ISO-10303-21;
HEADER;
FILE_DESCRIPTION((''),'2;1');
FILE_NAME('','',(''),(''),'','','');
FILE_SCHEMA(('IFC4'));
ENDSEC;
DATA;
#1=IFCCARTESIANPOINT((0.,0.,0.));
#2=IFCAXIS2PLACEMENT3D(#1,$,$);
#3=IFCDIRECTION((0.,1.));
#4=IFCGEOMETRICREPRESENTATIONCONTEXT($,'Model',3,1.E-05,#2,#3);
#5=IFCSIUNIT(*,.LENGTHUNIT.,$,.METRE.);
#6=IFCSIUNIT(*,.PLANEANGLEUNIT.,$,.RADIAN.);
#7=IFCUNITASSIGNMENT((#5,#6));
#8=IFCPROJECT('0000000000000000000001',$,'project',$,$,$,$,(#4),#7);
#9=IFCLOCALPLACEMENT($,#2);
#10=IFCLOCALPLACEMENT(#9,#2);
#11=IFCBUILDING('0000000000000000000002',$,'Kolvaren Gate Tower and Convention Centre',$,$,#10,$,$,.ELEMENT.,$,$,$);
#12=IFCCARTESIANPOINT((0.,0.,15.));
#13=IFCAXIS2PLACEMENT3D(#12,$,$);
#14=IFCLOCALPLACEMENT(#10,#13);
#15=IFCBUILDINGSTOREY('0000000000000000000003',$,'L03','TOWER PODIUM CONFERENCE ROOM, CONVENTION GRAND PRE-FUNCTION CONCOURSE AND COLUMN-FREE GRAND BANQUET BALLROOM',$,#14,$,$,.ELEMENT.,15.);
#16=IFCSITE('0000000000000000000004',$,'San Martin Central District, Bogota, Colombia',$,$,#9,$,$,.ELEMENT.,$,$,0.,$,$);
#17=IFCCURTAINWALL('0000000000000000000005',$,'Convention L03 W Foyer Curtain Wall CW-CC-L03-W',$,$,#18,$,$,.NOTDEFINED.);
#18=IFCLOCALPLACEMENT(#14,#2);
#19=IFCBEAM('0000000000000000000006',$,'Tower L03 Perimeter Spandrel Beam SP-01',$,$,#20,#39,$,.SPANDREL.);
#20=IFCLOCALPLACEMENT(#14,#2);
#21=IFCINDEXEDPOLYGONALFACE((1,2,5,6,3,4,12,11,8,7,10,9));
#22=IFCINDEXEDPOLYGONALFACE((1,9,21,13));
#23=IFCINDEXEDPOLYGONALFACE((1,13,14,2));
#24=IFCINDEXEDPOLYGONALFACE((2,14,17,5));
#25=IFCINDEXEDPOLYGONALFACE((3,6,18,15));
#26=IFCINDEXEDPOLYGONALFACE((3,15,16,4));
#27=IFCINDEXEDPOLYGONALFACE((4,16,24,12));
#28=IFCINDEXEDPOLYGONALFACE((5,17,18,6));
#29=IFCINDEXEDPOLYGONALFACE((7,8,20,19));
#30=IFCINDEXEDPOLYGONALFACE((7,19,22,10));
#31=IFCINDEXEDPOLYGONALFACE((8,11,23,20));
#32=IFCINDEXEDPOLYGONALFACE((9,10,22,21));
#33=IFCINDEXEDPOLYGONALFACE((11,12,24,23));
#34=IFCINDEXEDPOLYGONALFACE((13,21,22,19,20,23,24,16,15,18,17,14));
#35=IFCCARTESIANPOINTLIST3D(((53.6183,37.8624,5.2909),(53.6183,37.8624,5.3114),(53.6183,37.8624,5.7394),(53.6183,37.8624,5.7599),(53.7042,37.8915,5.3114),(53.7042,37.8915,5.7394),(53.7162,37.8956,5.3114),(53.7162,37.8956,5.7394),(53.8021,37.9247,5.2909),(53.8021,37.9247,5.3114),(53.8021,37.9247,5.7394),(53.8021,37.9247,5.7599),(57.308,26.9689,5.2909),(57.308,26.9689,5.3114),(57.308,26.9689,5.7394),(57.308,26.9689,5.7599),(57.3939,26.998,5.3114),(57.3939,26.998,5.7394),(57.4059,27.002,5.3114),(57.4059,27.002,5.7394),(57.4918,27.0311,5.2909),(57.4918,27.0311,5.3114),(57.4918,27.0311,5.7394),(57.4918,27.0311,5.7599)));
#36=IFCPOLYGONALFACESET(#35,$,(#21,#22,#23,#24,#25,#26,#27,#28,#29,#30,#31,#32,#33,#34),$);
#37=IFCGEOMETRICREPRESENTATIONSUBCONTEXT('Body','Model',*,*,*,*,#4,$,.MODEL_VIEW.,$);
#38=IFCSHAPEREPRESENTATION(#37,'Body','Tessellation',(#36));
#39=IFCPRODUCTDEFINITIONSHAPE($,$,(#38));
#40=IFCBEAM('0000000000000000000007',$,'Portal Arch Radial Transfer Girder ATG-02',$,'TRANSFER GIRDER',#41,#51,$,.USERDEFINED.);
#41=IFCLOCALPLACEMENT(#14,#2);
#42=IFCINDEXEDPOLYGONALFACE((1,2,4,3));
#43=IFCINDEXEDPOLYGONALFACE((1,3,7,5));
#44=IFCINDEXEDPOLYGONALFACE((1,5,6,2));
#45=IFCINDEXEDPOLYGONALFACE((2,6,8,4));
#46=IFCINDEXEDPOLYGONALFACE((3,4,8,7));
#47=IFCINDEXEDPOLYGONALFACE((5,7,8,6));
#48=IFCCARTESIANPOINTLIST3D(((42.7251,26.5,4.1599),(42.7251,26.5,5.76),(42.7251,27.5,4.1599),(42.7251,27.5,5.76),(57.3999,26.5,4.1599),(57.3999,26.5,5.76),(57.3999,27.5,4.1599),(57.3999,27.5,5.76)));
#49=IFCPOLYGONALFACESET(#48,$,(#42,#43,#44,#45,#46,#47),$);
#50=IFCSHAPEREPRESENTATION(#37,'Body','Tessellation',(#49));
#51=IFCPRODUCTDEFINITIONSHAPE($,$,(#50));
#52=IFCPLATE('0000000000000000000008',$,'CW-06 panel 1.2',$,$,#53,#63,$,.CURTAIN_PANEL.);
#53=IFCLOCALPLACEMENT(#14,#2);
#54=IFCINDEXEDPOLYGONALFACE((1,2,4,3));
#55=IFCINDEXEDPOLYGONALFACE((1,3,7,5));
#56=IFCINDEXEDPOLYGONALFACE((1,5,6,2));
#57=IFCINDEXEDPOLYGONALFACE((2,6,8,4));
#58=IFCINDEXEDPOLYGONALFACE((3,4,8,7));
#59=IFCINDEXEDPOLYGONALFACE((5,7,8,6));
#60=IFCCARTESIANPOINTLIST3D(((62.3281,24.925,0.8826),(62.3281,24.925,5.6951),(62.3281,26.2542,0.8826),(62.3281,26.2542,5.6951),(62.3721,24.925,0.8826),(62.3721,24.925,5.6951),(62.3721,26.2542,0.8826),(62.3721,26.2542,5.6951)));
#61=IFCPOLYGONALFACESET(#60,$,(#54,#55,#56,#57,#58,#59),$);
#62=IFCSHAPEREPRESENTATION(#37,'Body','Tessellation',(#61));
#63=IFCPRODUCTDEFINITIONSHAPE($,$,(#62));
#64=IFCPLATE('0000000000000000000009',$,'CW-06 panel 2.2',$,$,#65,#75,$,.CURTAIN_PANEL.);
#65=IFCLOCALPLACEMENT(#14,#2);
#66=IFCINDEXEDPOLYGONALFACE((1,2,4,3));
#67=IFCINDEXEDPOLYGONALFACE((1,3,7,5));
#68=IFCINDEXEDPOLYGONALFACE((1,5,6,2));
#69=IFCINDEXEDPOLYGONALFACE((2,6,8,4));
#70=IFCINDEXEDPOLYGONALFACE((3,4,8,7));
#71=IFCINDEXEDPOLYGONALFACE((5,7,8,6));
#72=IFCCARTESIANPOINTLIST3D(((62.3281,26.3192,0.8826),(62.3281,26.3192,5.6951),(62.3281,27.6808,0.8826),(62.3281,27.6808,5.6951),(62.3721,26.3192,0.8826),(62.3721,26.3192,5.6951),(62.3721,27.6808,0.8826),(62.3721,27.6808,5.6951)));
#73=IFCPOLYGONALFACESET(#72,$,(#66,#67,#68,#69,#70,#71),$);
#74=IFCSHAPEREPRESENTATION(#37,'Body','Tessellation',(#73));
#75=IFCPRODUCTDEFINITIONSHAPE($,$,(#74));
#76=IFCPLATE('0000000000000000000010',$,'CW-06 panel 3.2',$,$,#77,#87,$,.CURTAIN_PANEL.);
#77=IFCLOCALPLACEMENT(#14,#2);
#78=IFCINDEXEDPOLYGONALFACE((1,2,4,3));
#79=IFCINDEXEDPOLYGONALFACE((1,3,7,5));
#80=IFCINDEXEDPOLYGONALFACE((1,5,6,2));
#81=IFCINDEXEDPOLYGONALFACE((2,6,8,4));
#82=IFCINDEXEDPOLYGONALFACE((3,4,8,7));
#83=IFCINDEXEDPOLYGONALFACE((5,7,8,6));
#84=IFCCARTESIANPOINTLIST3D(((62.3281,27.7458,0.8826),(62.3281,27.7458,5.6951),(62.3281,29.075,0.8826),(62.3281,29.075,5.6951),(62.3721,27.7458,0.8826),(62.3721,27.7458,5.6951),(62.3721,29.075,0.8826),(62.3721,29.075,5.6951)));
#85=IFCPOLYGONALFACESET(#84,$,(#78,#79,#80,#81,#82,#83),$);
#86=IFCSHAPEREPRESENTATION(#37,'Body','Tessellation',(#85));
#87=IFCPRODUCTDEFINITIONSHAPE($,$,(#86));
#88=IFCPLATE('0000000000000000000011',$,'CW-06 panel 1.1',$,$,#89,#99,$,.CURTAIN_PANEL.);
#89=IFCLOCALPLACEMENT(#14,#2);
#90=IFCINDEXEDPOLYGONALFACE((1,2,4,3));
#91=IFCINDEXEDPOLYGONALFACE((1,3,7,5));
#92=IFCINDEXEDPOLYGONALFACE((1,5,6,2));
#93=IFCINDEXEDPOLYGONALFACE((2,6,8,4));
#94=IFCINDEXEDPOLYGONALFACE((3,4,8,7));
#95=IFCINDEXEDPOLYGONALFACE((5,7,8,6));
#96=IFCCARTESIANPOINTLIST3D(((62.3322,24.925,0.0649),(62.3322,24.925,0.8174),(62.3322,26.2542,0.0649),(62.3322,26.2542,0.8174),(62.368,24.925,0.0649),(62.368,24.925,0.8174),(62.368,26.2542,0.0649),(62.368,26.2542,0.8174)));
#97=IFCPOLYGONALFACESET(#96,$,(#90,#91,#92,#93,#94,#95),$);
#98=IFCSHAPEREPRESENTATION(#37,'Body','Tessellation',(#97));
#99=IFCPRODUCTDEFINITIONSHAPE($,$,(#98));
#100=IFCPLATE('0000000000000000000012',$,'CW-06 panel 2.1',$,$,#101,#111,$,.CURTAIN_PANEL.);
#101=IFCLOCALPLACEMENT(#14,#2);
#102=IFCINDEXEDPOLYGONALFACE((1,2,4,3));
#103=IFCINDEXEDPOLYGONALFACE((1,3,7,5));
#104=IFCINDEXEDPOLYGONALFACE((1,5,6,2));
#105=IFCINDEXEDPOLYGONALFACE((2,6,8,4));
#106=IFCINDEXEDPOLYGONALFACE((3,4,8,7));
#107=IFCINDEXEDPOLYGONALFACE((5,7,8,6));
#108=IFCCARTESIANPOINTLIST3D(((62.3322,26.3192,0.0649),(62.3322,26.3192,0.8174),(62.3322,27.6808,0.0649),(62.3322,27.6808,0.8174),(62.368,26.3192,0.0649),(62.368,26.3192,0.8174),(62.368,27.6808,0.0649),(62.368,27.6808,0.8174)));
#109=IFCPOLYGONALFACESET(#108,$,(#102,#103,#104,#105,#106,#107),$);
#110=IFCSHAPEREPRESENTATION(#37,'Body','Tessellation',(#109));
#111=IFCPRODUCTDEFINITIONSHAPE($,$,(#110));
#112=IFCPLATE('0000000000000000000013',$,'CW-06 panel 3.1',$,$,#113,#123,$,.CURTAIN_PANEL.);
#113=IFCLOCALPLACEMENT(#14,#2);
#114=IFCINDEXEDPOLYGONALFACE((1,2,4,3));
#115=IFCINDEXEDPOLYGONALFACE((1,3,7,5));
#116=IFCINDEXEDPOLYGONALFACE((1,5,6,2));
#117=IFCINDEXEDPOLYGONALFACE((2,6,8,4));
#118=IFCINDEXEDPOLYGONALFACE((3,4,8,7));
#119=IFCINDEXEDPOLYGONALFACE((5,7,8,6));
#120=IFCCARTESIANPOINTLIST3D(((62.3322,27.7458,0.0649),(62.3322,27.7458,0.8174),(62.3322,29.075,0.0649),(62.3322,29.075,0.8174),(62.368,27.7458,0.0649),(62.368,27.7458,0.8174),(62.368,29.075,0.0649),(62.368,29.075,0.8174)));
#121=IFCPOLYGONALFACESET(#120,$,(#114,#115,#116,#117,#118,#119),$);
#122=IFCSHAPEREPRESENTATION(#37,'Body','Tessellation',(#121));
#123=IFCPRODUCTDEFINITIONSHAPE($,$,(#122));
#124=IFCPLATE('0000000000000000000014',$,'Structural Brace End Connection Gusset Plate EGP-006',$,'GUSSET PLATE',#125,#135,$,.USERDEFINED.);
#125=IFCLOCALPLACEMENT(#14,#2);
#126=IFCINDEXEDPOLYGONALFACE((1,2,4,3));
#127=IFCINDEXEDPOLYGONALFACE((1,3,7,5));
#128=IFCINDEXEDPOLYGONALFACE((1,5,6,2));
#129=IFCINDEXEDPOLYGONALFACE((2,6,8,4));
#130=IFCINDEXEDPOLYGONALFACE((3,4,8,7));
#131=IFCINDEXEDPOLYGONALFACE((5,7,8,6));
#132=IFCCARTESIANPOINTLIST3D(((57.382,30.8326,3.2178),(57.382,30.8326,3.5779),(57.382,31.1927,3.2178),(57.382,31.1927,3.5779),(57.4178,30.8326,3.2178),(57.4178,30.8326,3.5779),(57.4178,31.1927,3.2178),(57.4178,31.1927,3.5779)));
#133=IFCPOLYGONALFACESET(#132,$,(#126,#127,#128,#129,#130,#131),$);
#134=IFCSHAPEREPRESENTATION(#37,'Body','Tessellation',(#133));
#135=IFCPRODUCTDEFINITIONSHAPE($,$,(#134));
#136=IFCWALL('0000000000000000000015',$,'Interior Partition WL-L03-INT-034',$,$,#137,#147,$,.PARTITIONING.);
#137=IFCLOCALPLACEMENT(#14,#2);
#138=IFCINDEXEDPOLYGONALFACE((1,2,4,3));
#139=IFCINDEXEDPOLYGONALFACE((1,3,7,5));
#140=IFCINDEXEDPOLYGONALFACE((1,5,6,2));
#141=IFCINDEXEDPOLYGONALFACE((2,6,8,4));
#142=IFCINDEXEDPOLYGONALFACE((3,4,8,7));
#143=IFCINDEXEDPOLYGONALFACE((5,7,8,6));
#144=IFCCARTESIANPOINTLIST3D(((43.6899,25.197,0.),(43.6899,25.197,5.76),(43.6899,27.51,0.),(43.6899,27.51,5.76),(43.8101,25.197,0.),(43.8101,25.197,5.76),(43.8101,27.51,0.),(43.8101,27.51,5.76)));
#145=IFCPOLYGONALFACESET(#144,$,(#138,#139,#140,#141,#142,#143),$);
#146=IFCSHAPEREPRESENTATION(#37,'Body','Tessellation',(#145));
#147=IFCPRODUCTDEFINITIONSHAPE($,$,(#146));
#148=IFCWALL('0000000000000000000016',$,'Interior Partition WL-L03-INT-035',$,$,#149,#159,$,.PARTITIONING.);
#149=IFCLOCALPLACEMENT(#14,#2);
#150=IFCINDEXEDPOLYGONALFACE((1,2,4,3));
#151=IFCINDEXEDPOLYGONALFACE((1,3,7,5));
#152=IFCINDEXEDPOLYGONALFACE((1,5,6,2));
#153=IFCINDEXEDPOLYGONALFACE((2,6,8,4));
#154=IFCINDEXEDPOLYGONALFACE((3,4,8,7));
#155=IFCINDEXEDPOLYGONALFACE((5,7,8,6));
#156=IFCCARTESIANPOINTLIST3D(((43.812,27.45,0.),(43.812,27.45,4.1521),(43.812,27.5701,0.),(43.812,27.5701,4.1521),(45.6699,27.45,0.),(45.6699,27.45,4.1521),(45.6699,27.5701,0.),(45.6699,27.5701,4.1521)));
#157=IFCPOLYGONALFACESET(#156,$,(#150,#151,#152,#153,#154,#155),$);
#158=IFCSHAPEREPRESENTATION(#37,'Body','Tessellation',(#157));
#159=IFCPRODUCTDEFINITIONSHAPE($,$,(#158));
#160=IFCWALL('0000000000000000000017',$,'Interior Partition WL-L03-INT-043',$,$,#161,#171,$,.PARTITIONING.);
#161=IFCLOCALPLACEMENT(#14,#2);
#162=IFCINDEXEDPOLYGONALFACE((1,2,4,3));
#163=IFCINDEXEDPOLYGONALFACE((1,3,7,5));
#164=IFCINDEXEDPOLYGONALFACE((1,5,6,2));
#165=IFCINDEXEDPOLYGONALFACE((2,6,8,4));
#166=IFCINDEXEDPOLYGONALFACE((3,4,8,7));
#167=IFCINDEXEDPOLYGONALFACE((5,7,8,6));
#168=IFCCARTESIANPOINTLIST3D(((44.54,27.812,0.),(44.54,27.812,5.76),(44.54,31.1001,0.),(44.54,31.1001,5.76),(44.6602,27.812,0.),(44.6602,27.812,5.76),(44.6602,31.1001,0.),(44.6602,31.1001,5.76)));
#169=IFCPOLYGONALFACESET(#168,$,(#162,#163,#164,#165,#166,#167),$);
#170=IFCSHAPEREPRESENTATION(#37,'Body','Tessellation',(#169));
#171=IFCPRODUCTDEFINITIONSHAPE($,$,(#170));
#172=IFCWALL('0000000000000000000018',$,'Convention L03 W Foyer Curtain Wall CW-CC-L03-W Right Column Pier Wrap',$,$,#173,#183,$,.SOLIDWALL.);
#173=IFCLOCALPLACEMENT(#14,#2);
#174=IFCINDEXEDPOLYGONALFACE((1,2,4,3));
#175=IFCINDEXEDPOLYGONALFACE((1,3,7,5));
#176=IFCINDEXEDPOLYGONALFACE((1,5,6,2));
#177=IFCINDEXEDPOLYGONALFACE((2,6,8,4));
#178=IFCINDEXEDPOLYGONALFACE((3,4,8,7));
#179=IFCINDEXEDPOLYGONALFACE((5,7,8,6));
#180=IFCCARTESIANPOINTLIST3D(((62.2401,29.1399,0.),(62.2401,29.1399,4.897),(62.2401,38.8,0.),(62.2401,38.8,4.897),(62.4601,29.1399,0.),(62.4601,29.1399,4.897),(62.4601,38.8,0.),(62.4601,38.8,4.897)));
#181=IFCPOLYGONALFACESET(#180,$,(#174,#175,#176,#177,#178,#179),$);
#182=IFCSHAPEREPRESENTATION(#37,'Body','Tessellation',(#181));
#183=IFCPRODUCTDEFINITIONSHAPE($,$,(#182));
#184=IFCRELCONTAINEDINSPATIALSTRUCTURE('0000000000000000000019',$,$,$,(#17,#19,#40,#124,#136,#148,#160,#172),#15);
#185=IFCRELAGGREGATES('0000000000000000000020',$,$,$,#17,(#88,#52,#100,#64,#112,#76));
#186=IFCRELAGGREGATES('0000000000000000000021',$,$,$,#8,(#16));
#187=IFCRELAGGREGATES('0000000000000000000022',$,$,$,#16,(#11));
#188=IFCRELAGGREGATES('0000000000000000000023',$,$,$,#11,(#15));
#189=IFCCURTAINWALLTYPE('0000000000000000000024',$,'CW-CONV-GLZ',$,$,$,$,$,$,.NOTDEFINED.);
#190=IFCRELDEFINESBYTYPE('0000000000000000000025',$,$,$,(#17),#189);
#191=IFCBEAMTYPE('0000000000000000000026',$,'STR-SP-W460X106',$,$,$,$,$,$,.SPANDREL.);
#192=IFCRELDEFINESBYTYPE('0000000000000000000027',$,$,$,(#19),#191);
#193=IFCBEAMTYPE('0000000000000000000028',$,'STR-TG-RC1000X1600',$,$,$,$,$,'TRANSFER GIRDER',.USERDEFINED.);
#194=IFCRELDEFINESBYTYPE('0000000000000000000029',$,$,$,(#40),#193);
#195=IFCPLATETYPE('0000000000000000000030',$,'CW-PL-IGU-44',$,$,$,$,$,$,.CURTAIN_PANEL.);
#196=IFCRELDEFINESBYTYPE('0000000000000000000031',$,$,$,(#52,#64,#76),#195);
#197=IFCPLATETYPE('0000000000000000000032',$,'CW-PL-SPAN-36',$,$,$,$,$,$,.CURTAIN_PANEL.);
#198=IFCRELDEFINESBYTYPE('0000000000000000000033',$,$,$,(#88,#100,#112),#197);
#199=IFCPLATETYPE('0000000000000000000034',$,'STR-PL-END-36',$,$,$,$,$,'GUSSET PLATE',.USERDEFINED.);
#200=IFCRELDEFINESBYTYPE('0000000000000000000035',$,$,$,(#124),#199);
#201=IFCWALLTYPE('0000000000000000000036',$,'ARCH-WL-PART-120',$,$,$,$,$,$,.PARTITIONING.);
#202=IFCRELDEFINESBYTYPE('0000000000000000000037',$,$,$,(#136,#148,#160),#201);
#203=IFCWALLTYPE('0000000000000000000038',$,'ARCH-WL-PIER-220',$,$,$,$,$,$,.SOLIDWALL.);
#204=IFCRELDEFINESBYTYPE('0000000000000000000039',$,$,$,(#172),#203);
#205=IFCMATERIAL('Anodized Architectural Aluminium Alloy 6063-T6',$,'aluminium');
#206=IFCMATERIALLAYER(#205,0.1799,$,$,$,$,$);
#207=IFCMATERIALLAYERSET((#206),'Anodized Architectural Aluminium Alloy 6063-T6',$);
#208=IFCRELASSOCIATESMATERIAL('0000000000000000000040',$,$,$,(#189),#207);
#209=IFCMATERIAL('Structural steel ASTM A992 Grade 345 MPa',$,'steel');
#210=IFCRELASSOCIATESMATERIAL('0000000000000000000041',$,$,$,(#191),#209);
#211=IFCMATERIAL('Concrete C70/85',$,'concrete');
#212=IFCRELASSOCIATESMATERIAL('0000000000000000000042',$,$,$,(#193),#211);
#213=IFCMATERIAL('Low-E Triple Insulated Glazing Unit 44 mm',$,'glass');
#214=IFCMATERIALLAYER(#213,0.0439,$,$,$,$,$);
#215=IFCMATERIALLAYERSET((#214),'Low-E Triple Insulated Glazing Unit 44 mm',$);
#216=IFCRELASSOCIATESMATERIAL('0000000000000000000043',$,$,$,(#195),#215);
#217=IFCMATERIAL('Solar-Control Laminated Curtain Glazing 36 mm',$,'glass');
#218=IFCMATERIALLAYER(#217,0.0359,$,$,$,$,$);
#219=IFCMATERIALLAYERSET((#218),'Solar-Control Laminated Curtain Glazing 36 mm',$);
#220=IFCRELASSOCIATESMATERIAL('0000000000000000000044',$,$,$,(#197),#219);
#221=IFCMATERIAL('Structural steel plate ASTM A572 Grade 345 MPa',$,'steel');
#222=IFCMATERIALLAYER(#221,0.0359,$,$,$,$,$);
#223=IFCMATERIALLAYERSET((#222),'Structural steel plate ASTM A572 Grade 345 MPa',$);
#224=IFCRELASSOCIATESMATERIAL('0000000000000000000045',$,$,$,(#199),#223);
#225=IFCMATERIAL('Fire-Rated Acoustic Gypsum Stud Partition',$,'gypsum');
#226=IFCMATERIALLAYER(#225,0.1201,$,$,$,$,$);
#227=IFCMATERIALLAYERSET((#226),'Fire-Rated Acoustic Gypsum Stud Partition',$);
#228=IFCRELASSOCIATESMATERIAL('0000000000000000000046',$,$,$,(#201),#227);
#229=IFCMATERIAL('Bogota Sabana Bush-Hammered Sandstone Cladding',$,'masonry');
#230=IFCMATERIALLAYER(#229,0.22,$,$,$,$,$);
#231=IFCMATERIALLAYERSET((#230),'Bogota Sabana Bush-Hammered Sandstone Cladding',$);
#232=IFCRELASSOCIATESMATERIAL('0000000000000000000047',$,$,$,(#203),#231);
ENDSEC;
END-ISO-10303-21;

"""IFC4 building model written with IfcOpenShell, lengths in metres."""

from ifc_helpers import new_model, si_unit, direction, frame, frame_2d, origin, origin_2d, place, context, subcontext, project, spatial, rectangle, i_section, extrude, material, layer, layer_set, material_profile, profile_set, type_object, element, aggregate, save


model = new_model("IFC4")

# Units and contexts
model_context = context("Model", 3, precision=1e-05, world=origin(), true_north=direction((0.0, 1.0)))
body_context = subcontext(model_context, "Body", "Model", "MODEL_VIEW")
ifc_project = project(units=[si_unit("LENGTHUNIT", "METRE"), si_unit("PLANEANGLEUNIT", "RADIAN")], contexts=[model_context])

# Site, building, storey
site_placement = place(None, origin())
site = spatial("IfcSite", under=ifc_project, at=site_placement, Name="San Martin Central District, Bogota, Colombia", CompositionType="ELEMENT", RefElevation=0.0)
building_placement = place(site_placement, origin())
building = spatial("IfcBuilding", under=site, at=building_placement, Name="Kolvaren Gate Tower and Convention Centre", CompositionType="ELEMENT")
storey_placement = place(building_placement, frame((0.0, 0.0, 15.0)))
storey = spatial("IfcBuildingStorey", under=building, at=storey_placement, Name="L03", Description="TOWER PODIUM CONFERENCE ROOM, CONVENTION GRAND PRE-FUNCTION CONCOURSE AND COLUMN-FREE GRAND BANQUET BALLROOM", CompositionType="ELEMENT", Elevation=15.0)

# Shared definitions
ifc_material_1 = material(Name="Concrete C70/85", Category="concrete")
ifc_material_2 = material(Name="Structural steel ASTM A992 Grade 345 MPa", Category="steel")

# Curtain wall
ifc_material_3 = material(Name="Anodized Architectural Aluminium Alloy 6063-T6", Category="aluminium")
ifc_layer_1 = layer(ifc_material_3, 0.1799)
ifc_layer_set_1 = layer_set([ifc_layer_1], Name="Anodized Architectural Aluminium Alloy 6063-T6")
curtain_wall_type = type_object("IfcCurtainWallType", Name="CW-CONV-GLZ", PredefinedType="NOTDEFINED", material=ifc_layer_set_1)
curtain_wall_placement = place(storey_placement, origin())
curtain_wall = element("IfcCurtainWall", 1, at=curtain_wall_placement, inside=storey, type_object=curtain_wall_type, Name="Convention L03 W Foyer Curtain Wall CW-CC-L03-W", PredefinedType="NOTDEFINED")

# Beams
ifc_material_profile_1 = material_profile(ifc_material_2, i_section(OverallWidth=0.1941, OverallDepth=0.469, WebThickness=0.0127, FlangeThickness=0.0205, at=origin_2d()), Name="W460X106")
ifc_profile_set_1 = profile_set([ifc_material_profile_1], Name="Structural steel ASTM A992 Grade 345 MPa")
beam_type_1 = type_object("IfcBeamType", Name="STR-SP-W460X106", PredefinedType="SPANDREL", material=ifc_profile_set_1)
beam_1_placement = place(storey_placement, frame((57.3999, 27.0, 5.5254), z_axis=(-0.320803, 0.947146, 0.0), x_axis=(-0.947146, -0.320803, 0.0)))
element("IfcBeam", 2, at=beam_1_placement, inside=storey, type_object=beam_type_1, Name="Tower L03 Perimeter Spandrel Beam SP-01", PredefinedType="SPANDREL", context=body_context, shape_type="SweptSolid", body=[
    extrude(i_section(OverallWidth=0.1941, OverallDepth=0.469, WebThickness=0.0127, FlangeThickness=0.0205, at=origin_2d()), origin(), (0.0, 0.0, 1.0), 11.5015),
])
ifc_material_profile_2 = material_profile(ifc_material_1, rectangle(XDim=1.0, YDim=1.6001, at=origin_2d()), Name="RC-BM-1000X1600")
ifc_profile_set_2 = profile_set([ifc_material_profile_2], Name="Concrete C70/85")
beam_type_2 = type_object("IfcBeamType", Name="STR-TG-RC1000X1600", ElementType="TRANSFER GIRDER", PredefinedType="USERDEFINED", material=ifc_profile_set_2)
beam_2_placement = place(storey_placement, frame((42.7251, 27.0, 4.96), z_axis=(1.0, 0.0, 0.0), x_axis=(0.0, 1.0, 0.0)))
element("IfcBeam", 3, at=beam_2_placement, inside=storey, type_object=beam_type_2, Name="Portal Arch Radial Transfer Girder ATG-02", ObjectType="TRANSFER GIRDER", PredefinedType="USERDEFINED", context=body_context, shape_type="SweptSolid", body=[
    extrude(rectangle(XDim=1.0, YDim=1.6001, at=origin_2d()), origin(), (0.0, 0.0, 1.0), 14.6748),
])

# Plates
ifc_material_4 = material(Name="Low-E Triple Insulated Glazing Unit 44 mm", Category="glass")
ifc_layer_2 = layer(ifc_material_4, 0.0439)
ifc_layer_set_2 = layer_set([ifc_layer_2], Name="Low-E Triple Insulated Glazing Unit 44 mm")
plate_type_1 = type_object("IfcPlateType", Name="CW-PL-IGU-44", PredefinedType="CURTAIN_PANEL", material=ifc_layer_set_2)
plate_1_placement = place(storey_placement, frame((62.3501, 25.5896, 0.8826), z_axis=(0.0, 0.0, 1.0), x_axis=(0.0, 1.0, 0.0)))
plate_1 = element("IfcPlate", 4, at=plate_1_placement, type_object=plate_type_1, Name="CW-06 panel 1.2", PredefinedType="CURTAIN_PANEL", context=body_context, shape_type="SweptSolid", body=[
    extrude(rectangle(XDim=1.3291, YDim=0.0439, at=origin_2d()), origin(), (0.0, 0.0, 1.0), 4.8125),
])
plate_2_placement = place(storey_placement, frame((62.3501, 27.0, 0.8826), z_axis=(0.0, 0.0, 1.0), x_axis=(0.0, 1.0, 0.0)))
plate_2 = element("IfcPlate", 5, at=plate_2_placement, type_object=plate_type_1, Name="CW-06 panel 2.2", PredefinedType="CURTAIN_PANEL", context=body_context, shape_type="SweptSolid", body=[
    extrude(rectangle(XDim=1.3616, YDim=0.0439, at=origin_2d()), origin(), (0.0, 0.0, 1.0), 4.8125),
])
plate_3_placement = place(storey_placement, frame((62.3501, 28.4104, 0.8826), z_axis=(0.0, 0.0, 1.0), x_axis=(0.0, 1.0, 0.0)))
plate_3 = element("IfcPlate", 6, at=plate_3_placement, type_object=plate_type_1, Name="CW-06 panel 3.2", PredefinedType="CURTAIN_PANEL", context=body_context, shape_type="SweptSolid", body=[
    extrude(rectangle(XDim=1.3291, YDim=0.0439, at=origin_2d()), origin(), (0.0, 0.0, 1.0), 4.8125),
])
ifc_material_5 = material(Name="Solar-Control Laminated Curtain Glazing 36 mm", Category="glass")
ifc_layer_3 = layer(ifc_material_5, 0.0359)
ifc_layer_set_3 = layer_set([ifc_layer_3], Name="Solar-Control Laminated Curtain Glazing 36 mm")
plate_type_2 = type_object("IfcPlateType", Name="CW-PL-SPAN-36", PredefinedType="CURTAIN_PANEL", material=ifc_layer_set_3)
plate_4_placement = place(storey_placement, frame((62.3501, 25.5896, 0.0649), z_axis=(0.0, 0.0, 1.0), x_axis=(0.0, 1.0, 0.0)))
plate_4 = element("IfcPlate", 7, at=plate_4_placement, type_object=plate_type_2, Name="CW-06 panel 1.1", PredefinedType="CURTAIN_PANEL", context=body_context, shape_type="SweptSolid", body=[
    extrude(rectangle(XDim=1.3291, YDim=0.0359, at=origin_2d()), origin(), (0.0, 0.0, 1.0), 0.7524),
])
plate_5_placement = place(storey_placement, frame((62.3501, 27.0, 0.0649), z_axis=(0.0, 0.0, 1.0), x_axis=(0.0, 1.0, 0.0)))
plate_5 = element("IfcPlate", 8, at=plate_5_placement, type_object=plate_type_2, Name="CW-06 panel 2.1", PredefinedType="CURTAIN_PANEL", context=body_context, shape_type="SweptSolid", body=[
    extrude(rectangle(XDim=1.3616, YDim=0.0359, at=origin_2d()), origin(), (0.0, 0.0, 1.0), 0.7524),
])
plate_6_placement = place(storey_placement, frame((62.3501, 28.4104, 0.0649), z_axis=(0.0, 0.0, 1.0), x_axis=(0.0, 1.0, 0.0)))
plate_6 = element("IfcPlate", 9, at=plate_6_placement, type_object=plate_type_2, Name="CW-06 panel 3.1", PredefinedType="CURTAIN_PANEL", context=body_context, shape_type="SweptSolid", body=[
    extrude(rectangle(XDim=1.3291, YDim=0.0359, at=origin_2d()), origin(), (0.0, 0.0, 1.0), 0.7524),
])
aggregate(curtain_wall, [plate_4, plate_1, plate_5, plate_2, plate_6, plate_3])
ifc_material_6 = material(Name="Structural steel plate ASTM A572 Grade 345 MPa", Category="steel")
ifc_layer_4 = layer(ifc_material_6, 0.0359)
ifc_layer_set_4 = layer_set([ifc_layer_4], Name="Structural steel plate ASTM A572 Grade 345 MPa")
plate_type_3 = type_object("IfcPlateType", Name="STR-PL-END-36", ElementType="GUSSET PLATE", PredefinedType="USERDEFINED", material=ifc_layer_set_4)
plate_7_placement = place(storey_placement, frame((57.3999, 31.0127, 3.2178), z_axis=(0.0, 0.0, 1.0), x_axis=(0.0, -1.0, 0.0)))
element("IfcPlate", 10, at=plate_7_placement, inside=storey, type_object=plate_type_3, Name="Structural Brace End Connection Gusset Plate EGP-006", ObjectType="GUSSET PLATE", PredefinedType="USERDEFINED", context=body_context, shape_type="SweptSolid", body=[
    extrude(rectangle(XDim=0.3601, YDim=0.0359, at=origin_2d()), origin(), (0.0, 0.0, 1.0), 0.3601),
])

# Walls
ifc_material_7 = material(Name="Fire-Rated Acoustic Gypsum Stud Partition", Category="gypsum")
ifc_layer_5 = layer(ifc_material_7, 0.1201)
ifc_layer_set_5 = layer_set([ifc_layer_5], Name="Fire-Rated Acoustic Gypsum Stud Partition")
wall_type_1 = type_object("IfcWallType", Name="ARCH-WL-PART-120", PredefinedType="PARTITIONING", material=ifc_layer_set_5)
wall_1_placement = place(storey_placement, frame((43.75, 25.197, 0.0), z_axis=(0.0, 0.0, 1.0), x_axis=(0.0, 1.0, 0.0)))
element("IfcWall", 11, at=wall_1_placement, inside=storey, type_object=wall_type_1, Name="Interior Partition WL-L03-INT-034", PredefinedType="PARTITIONING", context=body_context, shape_type="SweptSolid", body=[
    extrude(rectangle(XDim=2.313, YDim=0.1201, at=frame_2d((1.1565, 0.0))), origin(), (0.0, 0.0, 1.0), 5.76),
])
wall_2_placement = place(storey_placement, frame((43.812, 27.51, 0.0), z_axis=(0.0, 0.0, 1.0), x_axis=(1.0, 0.0, 0.0)))
element("IfcWall", 12, at=wall_2_placement, inside=storey, type_object=wall_type_1, Name="Interior Partition WL-L03-INT-035", PredefinedType="PARTITIONING", context=body_context, shape_type="SweptSolid", body=[
    extrude(rectangle(XDim=1.8579, YDim=0.1201, at=frame_2d((0.929, 0.0))), origin(), (0.0, 0.0, 1.0), 4.1521),
])
wall_3_placement = place(storey_placement, frame((44.6001, 27.812, 0.0), z_axis=(0.0, 0.0, 1.0), x_axis=(0.0, 1.0, 0.0)))
element("IfcWall", 13, at=wall_3_placement, inside=storey, type_object=wall_type_1, Name="Interior Partition WL-L03-INT-043", PredefinedType="PARTITIONING", context=body_context, shape_type="SweptSolid", body=[
    extrude(rectangle(XDim=3.2881, YDim=0.1201, at=frame_2d((1.644, 0.0))), origin(), (0.0, 0.0, 1.0), 5.76),
])
ifc_material_8 = material(Name="Bogota Sabana Bush-Hammered Sandstone Cladding", Category="masonry")
ifc_layer_6 = layer(ifc_material_8, 0.22)
ifc_layer_set_6 = layer_set([ifc_layer_6], Name="Bogota Sabana Bush-Hammered Sandstone Cladding")
wall_type_2 = type_object("IfcWallType", Name="ARCH-WL-PIER-220", PredefinedType="SOLIDWALL", material=ifc_layer_set_6)
wall_4_placement = place(storey_placement, frame((62.3501, 29.1399, 0.0), z_axis=(0.0, 0.0, 1.0), x_axis=(0.0, 1.0, 0.0)))
element("IfcWall", 14, at=wall_4_placement, inside=storey, type_object=wall_type_2, Name="Convention L03 W Foyer Curtain Wall CW-CC-L03-W Right Column Pier Wrap", PredefinedType="SOLIDWALL", context=body_context, shape_type="SweptSolid", body=[
    extrude(rectangle(XDim=9.6602, YDim=0.22, at=frame_2d((4.8301, 0.0))), origin(), (0.0, 0.0, 1.0), 4.897),
])

save(model, "model.ifc")
